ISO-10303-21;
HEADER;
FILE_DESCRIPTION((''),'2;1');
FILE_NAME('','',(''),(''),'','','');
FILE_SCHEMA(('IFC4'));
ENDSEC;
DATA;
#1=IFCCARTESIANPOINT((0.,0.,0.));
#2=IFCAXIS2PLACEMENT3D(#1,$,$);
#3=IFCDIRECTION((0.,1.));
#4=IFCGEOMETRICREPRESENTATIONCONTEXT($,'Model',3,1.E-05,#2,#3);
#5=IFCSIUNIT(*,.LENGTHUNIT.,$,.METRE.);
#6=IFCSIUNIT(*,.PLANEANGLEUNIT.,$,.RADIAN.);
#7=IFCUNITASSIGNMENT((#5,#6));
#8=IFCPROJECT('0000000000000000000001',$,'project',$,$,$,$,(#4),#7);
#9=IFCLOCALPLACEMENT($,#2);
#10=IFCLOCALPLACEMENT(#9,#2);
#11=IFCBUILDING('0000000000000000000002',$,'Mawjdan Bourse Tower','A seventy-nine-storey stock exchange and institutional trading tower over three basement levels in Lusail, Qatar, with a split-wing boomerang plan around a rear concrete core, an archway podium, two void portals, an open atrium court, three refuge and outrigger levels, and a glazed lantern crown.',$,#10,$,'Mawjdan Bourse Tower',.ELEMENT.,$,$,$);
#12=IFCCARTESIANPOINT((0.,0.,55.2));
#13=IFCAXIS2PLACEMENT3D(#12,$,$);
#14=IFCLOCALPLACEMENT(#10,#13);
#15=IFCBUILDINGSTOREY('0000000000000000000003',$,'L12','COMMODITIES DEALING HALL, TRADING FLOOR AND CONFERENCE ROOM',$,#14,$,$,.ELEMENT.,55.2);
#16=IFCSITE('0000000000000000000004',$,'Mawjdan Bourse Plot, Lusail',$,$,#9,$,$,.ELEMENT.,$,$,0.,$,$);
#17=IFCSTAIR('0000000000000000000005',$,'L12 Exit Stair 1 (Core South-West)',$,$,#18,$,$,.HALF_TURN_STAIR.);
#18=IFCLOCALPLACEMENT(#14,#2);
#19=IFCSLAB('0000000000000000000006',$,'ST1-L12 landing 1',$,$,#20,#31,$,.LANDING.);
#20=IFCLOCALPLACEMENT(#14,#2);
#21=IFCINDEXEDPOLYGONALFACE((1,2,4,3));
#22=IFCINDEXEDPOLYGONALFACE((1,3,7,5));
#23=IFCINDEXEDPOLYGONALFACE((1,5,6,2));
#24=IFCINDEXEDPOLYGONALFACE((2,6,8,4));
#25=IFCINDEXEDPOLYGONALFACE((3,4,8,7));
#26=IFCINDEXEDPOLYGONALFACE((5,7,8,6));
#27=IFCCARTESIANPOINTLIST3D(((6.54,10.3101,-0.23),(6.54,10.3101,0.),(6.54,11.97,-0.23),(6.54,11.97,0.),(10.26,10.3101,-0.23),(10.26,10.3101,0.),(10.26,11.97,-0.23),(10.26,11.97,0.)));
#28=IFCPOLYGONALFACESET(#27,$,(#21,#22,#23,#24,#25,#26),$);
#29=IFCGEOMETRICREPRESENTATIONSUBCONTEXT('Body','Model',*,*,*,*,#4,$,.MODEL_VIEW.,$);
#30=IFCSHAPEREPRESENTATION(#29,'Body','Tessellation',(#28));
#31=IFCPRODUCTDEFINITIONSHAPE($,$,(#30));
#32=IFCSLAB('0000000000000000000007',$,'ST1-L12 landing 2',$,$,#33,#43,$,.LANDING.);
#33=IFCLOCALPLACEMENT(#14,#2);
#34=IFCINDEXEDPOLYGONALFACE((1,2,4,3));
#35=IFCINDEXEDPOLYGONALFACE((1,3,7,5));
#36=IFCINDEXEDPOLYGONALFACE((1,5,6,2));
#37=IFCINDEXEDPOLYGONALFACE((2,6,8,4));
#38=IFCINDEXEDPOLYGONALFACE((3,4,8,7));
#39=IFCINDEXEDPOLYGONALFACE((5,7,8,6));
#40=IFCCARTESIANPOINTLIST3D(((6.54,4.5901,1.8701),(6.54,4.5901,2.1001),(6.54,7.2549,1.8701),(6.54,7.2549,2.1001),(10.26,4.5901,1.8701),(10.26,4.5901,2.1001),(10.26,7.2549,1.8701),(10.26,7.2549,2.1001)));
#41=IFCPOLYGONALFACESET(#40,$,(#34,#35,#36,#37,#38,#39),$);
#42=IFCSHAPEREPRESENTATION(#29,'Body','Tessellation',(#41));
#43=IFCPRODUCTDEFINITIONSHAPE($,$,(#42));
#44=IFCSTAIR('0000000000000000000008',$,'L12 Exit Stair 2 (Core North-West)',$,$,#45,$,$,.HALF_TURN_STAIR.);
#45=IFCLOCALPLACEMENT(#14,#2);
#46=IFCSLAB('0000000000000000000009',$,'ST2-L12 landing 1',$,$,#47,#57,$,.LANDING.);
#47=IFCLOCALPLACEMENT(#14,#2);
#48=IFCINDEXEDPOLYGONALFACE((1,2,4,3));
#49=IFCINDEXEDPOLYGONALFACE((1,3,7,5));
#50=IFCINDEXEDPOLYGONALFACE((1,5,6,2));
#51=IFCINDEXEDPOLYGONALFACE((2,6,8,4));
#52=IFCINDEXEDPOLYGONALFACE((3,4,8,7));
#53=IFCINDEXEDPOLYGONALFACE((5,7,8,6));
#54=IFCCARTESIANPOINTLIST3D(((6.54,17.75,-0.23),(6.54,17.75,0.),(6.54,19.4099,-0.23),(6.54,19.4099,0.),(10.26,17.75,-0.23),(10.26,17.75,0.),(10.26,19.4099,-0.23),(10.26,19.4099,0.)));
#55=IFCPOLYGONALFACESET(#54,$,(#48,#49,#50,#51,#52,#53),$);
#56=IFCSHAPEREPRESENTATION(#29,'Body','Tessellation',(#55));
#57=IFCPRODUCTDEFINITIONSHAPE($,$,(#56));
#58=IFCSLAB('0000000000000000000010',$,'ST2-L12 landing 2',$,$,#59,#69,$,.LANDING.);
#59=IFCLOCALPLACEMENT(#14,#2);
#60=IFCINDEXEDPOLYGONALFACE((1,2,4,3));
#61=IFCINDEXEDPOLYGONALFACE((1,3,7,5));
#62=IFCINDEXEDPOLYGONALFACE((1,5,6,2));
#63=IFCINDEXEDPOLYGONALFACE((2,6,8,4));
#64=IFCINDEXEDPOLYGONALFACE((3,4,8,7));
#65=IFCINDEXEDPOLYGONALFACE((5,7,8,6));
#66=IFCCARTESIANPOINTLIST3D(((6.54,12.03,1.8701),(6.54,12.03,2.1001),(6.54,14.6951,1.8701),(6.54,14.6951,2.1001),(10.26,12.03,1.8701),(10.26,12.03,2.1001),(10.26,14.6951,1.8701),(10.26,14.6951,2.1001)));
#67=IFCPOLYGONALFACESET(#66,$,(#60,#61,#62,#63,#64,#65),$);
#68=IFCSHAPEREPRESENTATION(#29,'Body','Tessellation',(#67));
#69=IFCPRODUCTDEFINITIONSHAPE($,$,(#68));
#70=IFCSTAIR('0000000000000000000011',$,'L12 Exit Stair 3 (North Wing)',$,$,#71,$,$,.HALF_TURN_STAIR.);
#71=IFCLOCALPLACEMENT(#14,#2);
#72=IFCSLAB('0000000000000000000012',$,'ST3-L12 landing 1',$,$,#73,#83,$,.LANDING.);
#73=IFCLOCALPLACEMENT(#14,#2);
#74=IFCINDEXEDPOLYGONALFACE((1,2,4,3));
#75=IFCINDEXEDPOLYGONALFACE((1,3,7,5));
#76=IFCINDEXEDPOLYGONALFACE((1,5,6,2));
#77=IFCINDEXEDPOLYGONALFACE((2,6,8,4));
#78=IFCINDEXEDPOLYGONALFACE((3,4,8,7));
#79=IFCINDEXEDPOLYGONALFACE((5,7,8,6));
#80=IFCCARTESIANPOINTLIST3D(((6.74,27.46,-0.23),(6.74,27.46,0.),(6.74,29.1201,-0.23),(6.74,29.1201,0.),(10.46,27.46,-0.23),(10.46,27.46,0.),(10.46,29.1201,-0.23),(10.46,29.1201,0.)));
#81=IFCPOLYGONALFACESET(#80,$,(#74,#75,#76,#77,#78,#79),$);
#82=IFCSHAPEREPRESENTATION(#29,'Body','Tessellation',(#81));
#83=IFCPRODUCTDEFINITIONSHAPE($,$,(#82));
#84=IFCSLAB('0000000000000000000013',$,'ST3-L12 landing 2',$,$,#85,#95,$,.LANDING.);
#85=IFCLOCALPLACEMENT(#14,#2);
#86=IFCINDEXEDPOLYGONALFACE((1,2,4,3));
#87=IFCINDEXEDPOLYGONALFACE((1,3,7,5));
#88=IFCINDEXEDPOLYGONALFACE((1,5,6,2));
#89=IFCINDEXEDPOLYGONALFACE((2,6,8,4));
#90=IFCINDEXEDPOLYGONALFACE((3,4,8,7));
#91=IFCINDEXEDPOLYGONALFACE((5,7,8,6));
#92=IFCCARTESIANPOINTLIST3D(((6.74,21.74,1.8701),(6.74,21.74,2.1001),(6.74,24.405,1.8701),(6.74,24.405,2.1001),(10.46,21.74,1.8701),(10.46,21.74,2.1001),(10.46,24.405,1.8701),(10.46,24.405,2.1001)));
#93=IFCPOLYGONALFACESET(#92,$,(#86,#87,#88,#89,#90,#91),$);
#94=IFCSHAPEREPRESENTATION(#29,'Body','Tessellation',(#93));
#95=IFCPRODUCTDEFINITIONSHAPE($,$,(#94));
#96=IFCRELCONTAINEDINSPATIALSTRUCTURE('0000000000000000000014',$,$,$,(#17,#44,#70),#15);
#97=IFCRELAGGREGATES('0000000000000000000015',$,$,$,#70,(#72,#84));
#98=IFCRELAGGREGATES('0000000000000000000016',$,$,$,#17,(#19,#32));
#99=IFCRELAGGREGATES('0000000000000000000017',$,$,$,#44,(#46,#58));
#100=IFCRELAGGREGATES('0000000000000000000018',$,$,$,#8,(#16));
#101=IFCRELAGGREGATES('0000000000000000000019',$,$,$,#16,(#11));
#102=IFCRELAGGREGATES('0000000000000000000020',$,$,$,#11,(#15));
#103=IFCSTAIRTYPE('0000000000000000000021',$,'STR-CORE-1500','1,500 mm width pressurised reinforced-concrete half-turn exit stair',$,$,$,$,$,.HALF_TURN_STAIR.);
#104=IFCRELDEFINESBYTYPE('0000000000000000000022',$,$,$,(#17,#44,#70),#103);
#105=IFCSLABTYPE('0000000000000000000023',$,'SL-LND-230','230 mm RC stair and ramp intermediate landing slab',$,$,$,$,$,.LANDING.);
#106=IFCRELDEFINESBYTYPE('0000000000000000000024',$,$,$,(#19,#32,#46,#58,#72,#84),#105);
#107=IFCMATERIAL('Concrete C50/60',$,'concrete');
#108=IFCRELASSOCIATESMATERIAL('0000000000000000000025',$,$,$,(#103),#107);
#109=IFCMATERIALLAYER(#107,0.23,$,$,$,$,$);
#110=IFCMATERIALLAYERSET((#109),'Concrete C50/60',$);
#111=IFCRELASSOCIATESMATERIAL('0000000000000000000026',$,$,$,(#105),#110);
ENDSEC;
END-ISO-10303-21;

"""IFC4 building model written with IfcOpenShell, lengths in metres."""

from ifc_helpers import new_model, si_unit, direction, frame, origin, place, context, subcontext, project, spatial, polyline, outline, extrude, material, layer, layer_set, type_object, element, aggregate, save


model = new_model("IFC4")

# Units and contexts
model_context = context("Model", 3, precision=1e-05, world=origin(), true_north=direction((0.0, 1.0)))
body_context = subcontext(model_context, "Body", "Model", "MODEL_VIEW")
ifc_project = project(units=[si_unit("LENGTHUNIT", "METRE"), si_unit("PLANEANGLEUNIT", "RADIAN")], contexts=[model_context])

# Site, building, storey
site_placement = place(None, origin())
site = spatial("IfcSite", under=ifc_project, at=site_placement, Name="Mawjdan Bourse Plot, Lusail", CompositionType="ELEMENT", RefElevation=0.0)
building_placement = place(site_placement, origin())
building = spatial("IfcBuilding", under=site, at=building_placement, Name="Mawjdan Bourse Tower", Description="A seventy-nine-storey stock exchange and institutional trading tower over three basement levels in Lusail, Qatar, with a split-wing boomerang plan around a rear concrete core, an archway podium, two void portals, an open atrium court, three refuge and outrigger levels, and a glazed lantern crown.", LongName="Mawjdan Bourse Tower", CompositionType="ELEMENT")
storey_placement = place(building_placement, frame((0.0, 0.0, 55.2)))
storey = spatial("IfcBuildingStorey", under=building, at=storey_placement, Name="L12", Description="COMMODITIES DEALING HALL, TRADING FLOOR AND CONFERENCE ROOM", CompositionType="ELEMENT", Elevation=55.2)

# Stairs, slabs
ifc_material_1 = material(Name="Concrete C50/60", Category="concrete")
stair_type = type_object("IfcStairType", Name="STR-CORE-1500", Description="1,500 mm width pressurised reinforced-concrete half-turn exit stair", PredefinedType="HALF_TURN_STAIR", material=ifc_material_1)
stair_1_placement = place(storey_placement, origin())
stair_1 = element("IfcStair", 1, at=stair_1_placement, inside=storey, type_object=stair_type, Name="L12 Exit Stair 1 (Core South-West)", PredefinedType="HALF_TURN_STAIR")
ifc_layer_1 = layer(ifc_material_1, 0.23)
ifc_layer_set_1 = layer_set([ifc_layer_1], Name="Concrete C50/60")
slab_type_1 = type_object("IfcSlabType", Name="SL-LND-230", Description="230 mm RC stair and ramp intermediate landing slab", PredefinedType="LANDING", material=ifc_layer_set_1)
slab_1_placement = place(storey_placement, frame((0.0, 0.0, -0.23)))
slab_1 = element("IfcSlab", 2, at=slab_1_placement, type_object=slab_type_1, Name="ST1-L12 landing 1", PredefinedType="LANDING", context=body_context, shape_type="SweptSolid", body=[
    extrude(outline(polyline([(6.54, 10.3101), (10.26, 10.3101), (10.26, 11.97), (6.54, 11.97), (6.54, 10.3101)])), origin(), (0.0, 0.0, 1.0), 0.23),
])
slab_2_placement = place(storey_placement, frame((0.0, 0.0, 1.8701)))
slab_2 = element("IfcSlab", 3, at=slab_2_placement, type_object=slab_type_1, Name="ST1-L12 landing 2", PredefinedType="LANDING", context=body_context, shape_type="SweptSolid", body=[
    extrude(outline(polyline([(6.54, 4.5901), (10.26, 4.5901), (10.26, 7.2549), (6.54, 7.2549), (6.54, 4.5901)])), origin(), (0.0, 0.0, 1.0), 0.23),
])
stair_2_placement = place(storey_placement, origin())
stair_2 = element("IfcStair", 4, at=stair_2_placement, inside=storey, type_object=stair_type, Name="L12 Exit Stair 2 (Core North-West)", PredefinedType="HALF_TURN_STAIR")
slab_3_placement = place(storey_placement, frame((0.0, 0.0, -0.23)))
slab_3 = element("IfcSlab", 5, at=slab_3_placement, type_object=slab_type_1, Name="ST2-L12 landing 1", PredefinedType="LANDING", context=body_context, shape_type="SweptSolid", body=[
    extrude(outline(polyline([(6.54, 17.75), (10.26, 17.75), (10.26, 19.4099), (6.54, 19.4099), (6.54, 17.75)])), origin(), (0.0, 0.0, 1.0), 0.23),
])
slab_4_placement = place(storey_placement, frame((0.0, 0.0, 1.8701)))
slab_4 = element("IfcSlab", 6, at=slab_4_placement, type_object=slab_type_1, Name="ST2-L12 landing 2", PredefinedType="LANDING", context=body_context, shape_type="SweptSolid", body=[
    extrude(outline(polyline([(6.54, 12.03), (10.26, 12.03), (10.26, 14.6951), (6.54, 14.6951), (6.54, 12.03)])), origin(), (0.0, 0.0, 1.0), 0.23),
])
stair_3_placement = place(storey_placement, origin())
stair_3 = element("IfcStair", 7, at=stair_3_placement, inside=storey, type_object=stair_type, Name="L12 Exit Stair 3 (North Wing)", PredefinedType="HALF_TURN_STAIR")
slab_5_placement = place(storey_placement, frame((0.0, 0.0, -0.23)))
slab_5 = element("IfcSlab", 8, at=slab_5_placement, type_object=slab_type_1, Name="ST3-L12 landing 1", PredefinedType="LANDING", context=body_context, shape_type="SweptSolid", body=[
    extrude(outline(polyline([(6.74, 27.46), (10.46, 27.46), (10.46, 29.1201), (6.74, 29.1201), (6.74, 27.46)])), origin(), (0.0, 0.0, 1.0), 0.23),
])
slab_6_placement = place(storey_placement, frame((0.0, 0.0, 1.8701)))
slab_6 = element("IfcSlab", 9, at=slab_6_placement, type_object=slab_type_1, Name="ST3-L12 landing 2", PredefinedType="LANDING", context=body_context, shape_type="SweptSolid", body=[
    extrude(outline(polyline([(6.74, 21.74), (10.46, 21.74), (10.46, 24.405), (6.74, 24.405), (6.74, 21.74)])), origin(), (0.0, 0.0, 1.0), 0.23),
])
aggregate(stair_3, [slab_5, slab_6])

aggregate(stair_1, [slab_1, slab_2])
aggregate(stair_2, [slab_3, slab_4])

save(model, "model.ifc")
